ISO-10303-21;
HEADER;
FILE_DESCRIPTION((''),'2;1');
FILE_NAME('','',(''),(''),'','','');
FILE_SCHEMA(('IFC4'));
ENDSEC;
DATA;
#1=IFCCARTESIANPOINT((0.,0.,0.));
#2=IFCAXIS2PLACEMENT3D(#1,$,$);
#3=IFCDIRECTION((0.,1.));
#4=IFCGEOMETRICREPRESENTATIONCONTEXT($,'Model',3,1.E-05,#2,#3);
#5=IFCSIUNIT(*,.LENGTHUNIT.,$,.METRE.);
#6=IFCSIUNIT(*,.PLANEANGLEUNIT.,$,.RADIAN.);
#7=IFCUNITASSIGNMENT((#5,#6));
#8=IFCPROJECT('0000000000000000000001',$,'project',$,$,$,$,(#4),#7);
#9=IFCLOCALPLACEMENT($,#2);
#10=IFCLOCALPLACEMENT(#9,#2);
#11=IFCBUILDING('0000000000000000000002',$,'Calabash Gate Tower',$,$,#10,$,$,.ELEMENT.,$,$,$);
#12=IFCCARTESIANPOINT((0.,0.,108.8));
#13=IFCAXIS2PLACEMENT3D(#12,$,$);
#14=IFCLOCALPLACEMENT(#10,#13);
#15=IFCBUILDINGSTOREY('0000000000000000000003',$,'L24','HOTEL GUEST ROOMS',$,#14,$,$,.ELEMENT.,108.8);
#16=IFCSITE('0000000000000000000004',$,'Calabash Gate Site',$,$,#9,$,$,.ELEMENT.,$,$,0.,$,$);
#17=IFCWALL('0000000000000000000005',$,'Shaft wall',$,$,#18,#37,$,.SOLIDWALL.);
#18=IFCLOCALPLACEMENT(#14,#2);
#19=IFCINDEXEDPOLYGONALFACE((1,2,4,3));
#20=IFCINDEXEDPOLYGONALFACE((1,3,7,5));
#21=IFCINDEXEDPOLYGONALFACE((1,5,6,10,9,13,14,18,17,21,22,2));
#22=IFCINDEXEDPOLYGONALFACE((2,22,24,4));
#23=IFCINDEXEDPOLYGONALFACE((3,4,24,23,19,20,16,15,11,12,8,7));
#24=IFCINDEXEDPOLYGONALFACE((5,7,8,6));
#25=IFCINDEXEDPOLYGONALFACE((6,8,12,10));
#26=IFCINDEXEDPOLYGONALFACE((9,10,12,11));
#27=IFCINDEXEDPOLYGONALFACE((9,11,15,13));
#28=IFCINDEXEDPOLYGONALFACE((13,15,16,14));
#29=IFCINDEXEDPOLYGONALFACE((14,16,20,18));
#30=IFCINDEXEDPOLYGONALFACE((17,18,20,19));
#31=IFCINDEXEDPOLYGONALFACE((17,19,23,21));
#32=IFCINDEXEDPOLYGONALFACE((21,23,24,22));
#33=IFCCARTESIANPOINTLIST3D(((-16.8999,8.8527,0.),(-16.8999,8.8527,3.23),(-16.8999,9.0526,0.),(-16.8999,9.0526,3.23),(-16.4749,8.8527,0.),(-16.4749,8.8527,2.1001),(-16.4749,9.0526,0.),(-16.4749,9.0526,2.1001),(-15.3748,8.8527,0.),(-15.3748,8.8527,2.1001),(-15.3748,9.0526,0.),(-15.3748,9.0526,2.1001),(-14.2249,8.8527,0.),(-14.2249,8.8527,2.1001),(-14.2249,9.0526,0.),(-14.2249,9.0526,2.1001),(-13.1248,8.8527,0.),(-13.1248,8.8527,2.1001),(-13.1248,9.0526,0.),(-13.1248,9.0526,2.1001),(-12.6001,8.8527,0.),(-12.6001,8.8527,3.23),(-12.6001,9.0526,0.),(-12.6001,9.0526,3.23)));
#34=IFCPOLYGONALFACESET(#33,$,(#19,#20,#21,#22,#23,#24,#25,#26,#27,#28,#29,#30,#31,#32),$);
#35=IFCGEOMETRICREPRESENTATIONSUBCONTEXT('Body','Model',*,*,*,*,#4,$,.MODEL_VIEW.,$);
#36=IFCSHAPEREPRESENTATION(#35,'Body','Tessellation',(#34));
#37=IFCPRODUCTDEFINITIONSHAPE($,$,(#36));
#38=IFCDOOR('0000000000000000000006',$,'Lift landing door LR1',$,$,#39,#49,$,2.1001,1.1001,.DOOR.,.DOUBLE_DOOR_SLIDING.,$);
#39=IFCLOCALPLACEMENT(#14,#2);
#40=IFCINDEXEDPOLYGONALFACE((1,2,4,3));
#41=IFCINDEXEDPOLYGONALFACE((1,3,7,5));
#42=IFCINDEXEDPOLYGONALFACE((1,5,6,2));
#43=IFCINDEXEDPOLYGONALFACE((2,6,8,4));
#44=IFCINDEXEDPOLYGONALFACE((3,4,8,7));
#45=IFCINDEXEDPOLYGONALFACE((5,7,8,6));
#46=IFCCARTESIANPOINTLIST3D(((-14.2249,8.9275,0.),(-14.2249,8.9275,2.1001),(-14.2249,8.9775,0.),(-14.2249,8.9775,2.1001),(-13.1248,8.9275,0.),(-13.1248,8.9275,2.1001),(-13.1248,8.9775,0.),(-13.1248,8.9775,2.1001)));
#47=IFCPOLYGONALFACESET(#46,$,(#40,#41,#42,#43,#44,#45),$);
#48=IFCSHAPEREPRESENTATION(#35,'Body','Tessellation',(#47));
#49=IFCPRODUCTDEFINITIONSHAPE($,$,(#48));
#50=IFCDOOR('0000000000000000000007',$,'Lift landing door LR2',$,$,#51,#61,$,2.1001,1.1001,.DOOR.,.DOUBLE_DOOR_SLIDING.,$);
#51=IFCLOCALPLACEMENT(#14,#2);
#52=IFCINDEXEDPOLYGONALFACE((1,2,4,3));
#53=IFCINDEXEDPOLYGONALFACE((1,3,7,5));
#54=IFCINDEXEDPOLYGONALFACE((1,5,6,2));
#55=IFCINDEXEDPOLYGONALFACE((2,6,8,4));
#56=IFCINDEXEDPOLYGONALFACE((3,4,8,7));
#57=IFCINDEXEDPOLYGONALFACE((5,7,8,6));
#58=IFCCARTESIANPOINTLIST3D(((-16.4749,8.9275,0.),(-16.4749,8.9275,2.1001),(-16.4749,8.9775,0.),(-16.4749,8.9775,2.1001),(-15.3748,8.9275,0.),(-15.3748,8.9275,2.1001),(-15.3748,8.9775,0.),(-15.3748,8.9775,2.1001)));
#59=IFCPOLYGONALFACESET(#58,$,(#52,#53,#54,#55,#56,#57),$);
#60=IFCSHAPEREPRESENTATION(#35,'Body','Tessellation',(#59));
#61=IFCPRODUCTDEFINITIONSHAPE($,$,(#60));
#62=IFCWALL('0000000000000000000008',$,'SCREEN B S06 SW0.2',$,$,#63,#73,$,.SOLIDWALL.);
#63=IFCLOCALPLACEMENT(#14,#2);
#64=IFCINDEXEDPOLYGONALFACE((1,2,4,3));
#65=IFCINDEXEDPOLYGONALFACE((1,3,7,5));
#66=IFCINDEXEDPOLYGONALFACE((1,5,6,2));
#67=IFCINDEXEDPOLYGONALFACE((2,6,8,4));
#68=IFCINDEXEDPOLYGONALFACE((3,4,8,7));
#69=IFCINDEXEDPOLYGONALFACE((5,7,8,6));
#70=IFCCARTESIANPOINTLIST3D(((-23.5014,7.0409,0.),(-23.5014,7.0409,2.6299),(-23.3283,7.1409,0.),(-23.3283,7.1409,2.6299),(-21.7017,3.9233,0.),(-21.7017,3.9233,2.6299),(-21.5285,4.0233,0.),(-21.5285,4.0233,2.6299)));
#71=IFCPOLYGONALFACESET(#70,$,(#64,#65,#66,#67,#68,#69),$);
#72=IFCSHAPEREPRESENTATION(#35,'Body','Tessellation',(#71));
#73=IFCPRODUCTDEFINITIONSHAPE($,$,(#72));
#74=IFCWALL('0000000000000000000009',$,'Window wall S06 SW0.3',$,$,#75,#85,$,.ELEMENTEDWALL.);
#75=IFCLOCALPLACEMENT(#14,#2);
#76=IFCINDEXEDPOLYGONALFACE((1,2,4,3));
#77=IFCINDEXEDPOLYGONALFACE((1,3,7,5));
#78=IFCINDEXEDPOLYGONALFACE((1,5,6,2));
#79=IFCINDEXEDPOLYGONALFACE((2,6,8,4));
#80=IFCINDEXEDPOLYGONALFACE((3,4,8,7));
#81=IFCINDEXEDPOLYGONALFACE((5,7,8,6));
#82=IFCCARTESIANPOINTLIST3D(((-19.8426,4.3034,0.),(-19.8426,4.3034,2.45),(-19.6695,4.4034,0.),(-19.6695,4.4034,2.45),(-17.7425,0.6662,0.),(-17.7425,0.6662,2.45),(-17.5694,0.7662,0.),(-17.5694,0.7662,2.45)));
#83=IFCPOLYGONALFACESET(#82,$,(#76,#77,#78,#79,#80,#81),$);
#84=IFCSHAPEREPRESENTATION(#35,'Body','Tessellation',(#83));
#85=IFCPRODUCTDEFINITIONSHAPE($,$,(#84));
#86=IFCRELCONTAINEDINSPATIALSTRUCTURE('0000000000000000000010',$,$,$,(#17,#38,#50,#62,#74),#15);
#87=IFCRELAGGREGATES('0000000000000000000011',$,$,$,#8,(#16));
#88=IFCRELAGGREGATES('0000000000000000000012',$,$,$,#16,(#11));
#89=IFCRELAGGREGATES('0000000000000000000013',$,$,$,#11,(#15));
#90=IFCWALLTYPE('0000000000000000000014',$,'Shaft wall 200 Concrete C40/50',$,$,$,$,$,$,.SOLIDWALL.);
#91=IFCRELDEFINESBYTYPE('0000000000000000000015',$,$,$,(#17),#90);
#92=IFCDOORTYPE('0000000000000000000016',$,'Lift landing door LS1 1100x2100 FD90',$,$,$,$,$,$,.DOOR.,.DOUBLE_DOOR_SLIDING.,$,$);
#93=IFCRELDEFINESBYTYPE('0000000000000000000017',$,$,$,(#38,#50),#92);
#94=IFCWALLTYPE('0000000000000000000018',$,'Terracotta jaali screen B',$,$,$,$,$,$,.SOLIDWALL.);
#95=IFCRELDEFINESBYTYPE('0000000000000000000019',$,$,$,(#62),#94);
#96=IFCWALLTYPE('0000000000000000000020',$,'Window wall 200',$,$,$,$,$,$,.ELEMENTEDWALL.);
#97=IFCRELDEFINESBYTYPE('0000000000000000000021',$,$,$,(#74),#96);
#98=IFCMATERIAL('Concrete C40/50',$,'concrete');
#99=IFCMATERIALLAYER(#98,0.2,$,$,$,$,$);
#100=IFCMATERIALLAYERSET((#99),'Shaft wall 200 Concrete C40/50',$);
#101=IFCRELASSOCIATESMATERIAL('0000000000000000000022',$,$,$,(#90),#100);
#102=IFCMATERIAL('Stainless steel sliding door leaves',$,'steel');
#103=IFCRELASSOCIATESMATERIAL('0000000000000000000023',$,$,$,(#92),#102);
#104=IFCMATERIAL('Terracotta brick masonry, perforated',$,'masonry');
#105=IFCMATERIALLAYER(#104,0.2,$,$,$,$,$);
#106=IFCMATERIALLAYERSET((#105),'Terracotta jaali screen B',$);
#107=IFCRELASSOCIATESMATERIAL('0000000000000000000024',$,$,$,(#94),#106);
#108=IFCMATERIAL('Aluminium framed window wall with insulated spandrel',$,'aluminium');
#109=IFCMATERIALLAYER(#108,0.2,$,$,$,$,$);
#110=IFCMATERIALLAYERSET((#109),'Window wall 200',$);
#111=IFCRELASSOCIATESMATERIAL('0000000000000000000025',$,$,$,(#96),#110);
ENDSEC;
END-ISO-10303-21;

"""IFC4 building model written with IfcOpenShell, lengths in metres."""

from ifc_helpers import new_model, si_unit, direction, frame, frame_2d, origin, place, context, subcontext, project, spatial, rectangle, extrude, material, layer, layer_set, type_object, element, fill, save


model = new_model("IFC4")

# Units and contexts
model_context = context("Model", 3, precision=1e-05, world=origin(), true_north=direction((0.0, 1.0)))
body_context = subcontext(model_context, "Body", "Model", "MODEL_VIEW")
ifc_project = project(units=[si_unit("LENGTHUNIT", "METRE"), si_unit("PLANEANGLEUNIT", "RADIAN")], contexts=[model_context])

# Site, building, storey
site_placement = place(None, origin())
site = spatial("IfcSite", under=ifc_project, at=site_placement, Name="Calabash Gate Site", CompositionType="ELEMENT", RefElevation=0.0)
building_placement = place(site_placement, origin())
building = spatial("IfcBuilding", under=site, at=building_placement, Name="Calabash Gate Tower", CompositionType="ELEMENT")
storey_placement = place(building_placement, frame((0.0, 0.0, 108.8)))
storey = spatial("IfcBuildingStorey", under=building, at=storey_placement, Name="L24", Description="HOTEL GUEST ROOMS", CompositionType="ELEMENT", Elevation=108.8)

# Wall, openings, doors
ifc_material_1 = material(Name="Concrete C40/50", Category="concrete")
ifc_layer_1 = layer(ifc_material_1, 0.2)
ifc_layer_set_1 = layer_set([ifc_layer_1], Name="Shaft wall 200 Concrete C40/50")
wall_type_1 = type_object("IfcWallType", Name="Shaft wall 200 Concrete C40/50", PredefinedType="SOLIDWALL", material=ifc_layer_set_1)
wall_1_placement = place(storey_placement, frame((-16.8999, 8.9526, 0.0), z_axis=(0.0, 0.0, 1.0), x_axis=(1.0, 0.0, 0.0)))
wall_1 = element("IfcWall", 1, at=wall_1_placement, inside=storey, type_object=wall_type_1, Name="Shaft wall", PredefinedType="SOLIDWALL", context=body_context, shape_type="SweptSolid", body=[
    extrude(rectangle(XDim=4.2998, YDim=0.2, at=frame_2d((2.1499, 0.0))), origin(), (0.0, 0.0, 1.0), 3.23),
])
opening_1_placement = place(wall_1_placement, frame((2.675, 0.0, 0.0)))
opening_1 = element("IfcOpeningElement", 2, at=opening_1_placement, cuts=wall_1, PredefinedType="OPENING", context=body_context, shape_type="SweptSolid", body=[
    extrude(rectangle(XDim=1.1001, YDim=2.1001, at=frame_2d((0.55, 1.05))), frame((0.0, 0.1099, 0.0), z_axis=(0.0, -1.0, 0.0), x_axis=(1.0, 0.0, 0.0)), (0.0, 0.0, 1.0), 0.22),
])
opening_2_placement = place(wall_1_placement, frame((0.425, 0.0, 0.0)))
opening_2 = element("IfcOpeningElement", 3, at=opening_2_placement, cuts=wall_1, PredefinedType="OPENING", context=body_context, shape_type="SweptSolid", body=[
    extrude(rectangle(XDim=1.1001, YDim=2.1001, at=frame_2d((0.55, 1.05))), frame((0.0, 0.1099, 0.0), z_axis=(0.0, -1.0, 0.0), x_axis=(1.0, 0.0, 0.0)), (0.0, 0.0, 1.0), 0.22),
])
ifc_material_2 = material(Name="Stainless steel sliding door leaves", Category="steel")
door_type_1 = type_object("IfcDoorType", Name="Lift landing door LS1 1100x2100 FD90", OperationType="DOUBLE_DOOR_SLIDING", PredefinedType="DOOR", material=ifc_material_2)
door_1_placement = place(opening_1_placement, origin())
door_1 = element("IfcDoor", 4, at=door_1_placement, inside=storey, type_object=door_type_1, Name="Lift landing door LR1", OperationType="DOUBLE_DOOR_SLIDING", OverallHeight=2.1001, OverallWidth=1.1001, PredefinedType="DOOR", context=body_context, shape_type="SweptSolid", body=[
    extrude(rectangle(XDim=1.1001, YDim=2.1001, at=frame_2d((0.55, 1.05))), frame((0.0, 0.0249, 0.0), z_axis=(0.0, -1.0, 0.0), x_axis=(1.0, 0.0, 0.0)), (0.0, 0.0, 1.0), 0.05),
])
fill(opening_1, door_1)
door_2_placement = place(opening_2_placement, origin())
door_2 = element("IfcDoor", 5, at=door_2_placement, inside=storey, type_object=door_type_1, Name="Lift landing door LR2", OperationType="DOUBLE_DOOR_SLIDING", OverallHeight=2.1001, OverallWidth=1.1001, PredefinedType="DOOR", context=body_context, shape_type="SweptSolid", body=[
    extrude(rectangle(XDim=1.1001, YDim=2.1001, at=frame_2d((0.55, 1.05))), frame((0.0, 0.0249, 0.0), z_axis=(0.0, -1.0, 0.0), x_axis=(1.0, 0.0, 0.0)), (0.0, 0.0, 1.0), 0.05),
])
fill(opening_2, door_2)

# Wall
ifc_material_3 = material(Name="Terracotta brick masonry, perforated", Category="masonry")
ifc_layer_2 = layer(ifc_material_3, 0.2)
ifc_layer_set_2 = layer_set([ifc_layer_2], Name="Terracotta jaali screen B")
wall_type_2 = type_object("IfcWallType", Name="Terracotta jaali screen B", PredefinedType="SOLIDWALL", material=ifc_layer_set_2)
wall_2_placement = place(storey_placement, frame((-23.4148, 7.0908, 0.0), z_axis=(0.0, 0.0, 1.0), x_axis=(0.499961, -0.866048, 0.0)))
element("IfcWall", 6, at=wall_2_placement, inside=storey, type_object=wall_type_2, Name="SCREEN B S06 SW0.2", PredefinedType="SOLIDWALL", context=body_context, shape_type="SweptSolid", body=[
    extrude(rectangle(XDim=3.5999, YDim=0.2, at=frame_2d((1.7998, 0.0))), origin(), (0.0, 0.0, 1.0), 2.6299),
])

# Shared definitions
ifc_material_4 = material(Name="Aluminium framed window wall with insulated spandrel", Category="aluminium")
ifc_layer_3 = layer(ifc_material_4, 0.2)
ifc_layer_set_3 = layer_set([ifc_layer_3], Name="Window wall 200")
wall_type_3 = type_object("IfcWallType", Name="Window wall 200", PredefinedType="ELEMENTEDWALL", material=ifc_layer_set_3)

# Wall
wall_3_placement = place(storey_placement, frame((-19.7561, 4.3535, 0.0), z_axis=(0.0, 0.0, 1.0), x_axis=(0.500028, -0.866009, 0.0)))
element("IfcWall", 7, at=wall_3_placement, inside=storey, type_object=wall_type_3, Name="Window wall S06 SW0.3", PredefinedType="ELEMENTEDWALL", context=body_context, shape_type="SweptSolid", body=[
    extrude(rectangle(XDim=4.2, YDim=0.2, at=frame_2d((2.1001, 0.0))), origin(), (0.0, 0.0, 1.0), 2.45),
])

save(model, "model.ifc")
